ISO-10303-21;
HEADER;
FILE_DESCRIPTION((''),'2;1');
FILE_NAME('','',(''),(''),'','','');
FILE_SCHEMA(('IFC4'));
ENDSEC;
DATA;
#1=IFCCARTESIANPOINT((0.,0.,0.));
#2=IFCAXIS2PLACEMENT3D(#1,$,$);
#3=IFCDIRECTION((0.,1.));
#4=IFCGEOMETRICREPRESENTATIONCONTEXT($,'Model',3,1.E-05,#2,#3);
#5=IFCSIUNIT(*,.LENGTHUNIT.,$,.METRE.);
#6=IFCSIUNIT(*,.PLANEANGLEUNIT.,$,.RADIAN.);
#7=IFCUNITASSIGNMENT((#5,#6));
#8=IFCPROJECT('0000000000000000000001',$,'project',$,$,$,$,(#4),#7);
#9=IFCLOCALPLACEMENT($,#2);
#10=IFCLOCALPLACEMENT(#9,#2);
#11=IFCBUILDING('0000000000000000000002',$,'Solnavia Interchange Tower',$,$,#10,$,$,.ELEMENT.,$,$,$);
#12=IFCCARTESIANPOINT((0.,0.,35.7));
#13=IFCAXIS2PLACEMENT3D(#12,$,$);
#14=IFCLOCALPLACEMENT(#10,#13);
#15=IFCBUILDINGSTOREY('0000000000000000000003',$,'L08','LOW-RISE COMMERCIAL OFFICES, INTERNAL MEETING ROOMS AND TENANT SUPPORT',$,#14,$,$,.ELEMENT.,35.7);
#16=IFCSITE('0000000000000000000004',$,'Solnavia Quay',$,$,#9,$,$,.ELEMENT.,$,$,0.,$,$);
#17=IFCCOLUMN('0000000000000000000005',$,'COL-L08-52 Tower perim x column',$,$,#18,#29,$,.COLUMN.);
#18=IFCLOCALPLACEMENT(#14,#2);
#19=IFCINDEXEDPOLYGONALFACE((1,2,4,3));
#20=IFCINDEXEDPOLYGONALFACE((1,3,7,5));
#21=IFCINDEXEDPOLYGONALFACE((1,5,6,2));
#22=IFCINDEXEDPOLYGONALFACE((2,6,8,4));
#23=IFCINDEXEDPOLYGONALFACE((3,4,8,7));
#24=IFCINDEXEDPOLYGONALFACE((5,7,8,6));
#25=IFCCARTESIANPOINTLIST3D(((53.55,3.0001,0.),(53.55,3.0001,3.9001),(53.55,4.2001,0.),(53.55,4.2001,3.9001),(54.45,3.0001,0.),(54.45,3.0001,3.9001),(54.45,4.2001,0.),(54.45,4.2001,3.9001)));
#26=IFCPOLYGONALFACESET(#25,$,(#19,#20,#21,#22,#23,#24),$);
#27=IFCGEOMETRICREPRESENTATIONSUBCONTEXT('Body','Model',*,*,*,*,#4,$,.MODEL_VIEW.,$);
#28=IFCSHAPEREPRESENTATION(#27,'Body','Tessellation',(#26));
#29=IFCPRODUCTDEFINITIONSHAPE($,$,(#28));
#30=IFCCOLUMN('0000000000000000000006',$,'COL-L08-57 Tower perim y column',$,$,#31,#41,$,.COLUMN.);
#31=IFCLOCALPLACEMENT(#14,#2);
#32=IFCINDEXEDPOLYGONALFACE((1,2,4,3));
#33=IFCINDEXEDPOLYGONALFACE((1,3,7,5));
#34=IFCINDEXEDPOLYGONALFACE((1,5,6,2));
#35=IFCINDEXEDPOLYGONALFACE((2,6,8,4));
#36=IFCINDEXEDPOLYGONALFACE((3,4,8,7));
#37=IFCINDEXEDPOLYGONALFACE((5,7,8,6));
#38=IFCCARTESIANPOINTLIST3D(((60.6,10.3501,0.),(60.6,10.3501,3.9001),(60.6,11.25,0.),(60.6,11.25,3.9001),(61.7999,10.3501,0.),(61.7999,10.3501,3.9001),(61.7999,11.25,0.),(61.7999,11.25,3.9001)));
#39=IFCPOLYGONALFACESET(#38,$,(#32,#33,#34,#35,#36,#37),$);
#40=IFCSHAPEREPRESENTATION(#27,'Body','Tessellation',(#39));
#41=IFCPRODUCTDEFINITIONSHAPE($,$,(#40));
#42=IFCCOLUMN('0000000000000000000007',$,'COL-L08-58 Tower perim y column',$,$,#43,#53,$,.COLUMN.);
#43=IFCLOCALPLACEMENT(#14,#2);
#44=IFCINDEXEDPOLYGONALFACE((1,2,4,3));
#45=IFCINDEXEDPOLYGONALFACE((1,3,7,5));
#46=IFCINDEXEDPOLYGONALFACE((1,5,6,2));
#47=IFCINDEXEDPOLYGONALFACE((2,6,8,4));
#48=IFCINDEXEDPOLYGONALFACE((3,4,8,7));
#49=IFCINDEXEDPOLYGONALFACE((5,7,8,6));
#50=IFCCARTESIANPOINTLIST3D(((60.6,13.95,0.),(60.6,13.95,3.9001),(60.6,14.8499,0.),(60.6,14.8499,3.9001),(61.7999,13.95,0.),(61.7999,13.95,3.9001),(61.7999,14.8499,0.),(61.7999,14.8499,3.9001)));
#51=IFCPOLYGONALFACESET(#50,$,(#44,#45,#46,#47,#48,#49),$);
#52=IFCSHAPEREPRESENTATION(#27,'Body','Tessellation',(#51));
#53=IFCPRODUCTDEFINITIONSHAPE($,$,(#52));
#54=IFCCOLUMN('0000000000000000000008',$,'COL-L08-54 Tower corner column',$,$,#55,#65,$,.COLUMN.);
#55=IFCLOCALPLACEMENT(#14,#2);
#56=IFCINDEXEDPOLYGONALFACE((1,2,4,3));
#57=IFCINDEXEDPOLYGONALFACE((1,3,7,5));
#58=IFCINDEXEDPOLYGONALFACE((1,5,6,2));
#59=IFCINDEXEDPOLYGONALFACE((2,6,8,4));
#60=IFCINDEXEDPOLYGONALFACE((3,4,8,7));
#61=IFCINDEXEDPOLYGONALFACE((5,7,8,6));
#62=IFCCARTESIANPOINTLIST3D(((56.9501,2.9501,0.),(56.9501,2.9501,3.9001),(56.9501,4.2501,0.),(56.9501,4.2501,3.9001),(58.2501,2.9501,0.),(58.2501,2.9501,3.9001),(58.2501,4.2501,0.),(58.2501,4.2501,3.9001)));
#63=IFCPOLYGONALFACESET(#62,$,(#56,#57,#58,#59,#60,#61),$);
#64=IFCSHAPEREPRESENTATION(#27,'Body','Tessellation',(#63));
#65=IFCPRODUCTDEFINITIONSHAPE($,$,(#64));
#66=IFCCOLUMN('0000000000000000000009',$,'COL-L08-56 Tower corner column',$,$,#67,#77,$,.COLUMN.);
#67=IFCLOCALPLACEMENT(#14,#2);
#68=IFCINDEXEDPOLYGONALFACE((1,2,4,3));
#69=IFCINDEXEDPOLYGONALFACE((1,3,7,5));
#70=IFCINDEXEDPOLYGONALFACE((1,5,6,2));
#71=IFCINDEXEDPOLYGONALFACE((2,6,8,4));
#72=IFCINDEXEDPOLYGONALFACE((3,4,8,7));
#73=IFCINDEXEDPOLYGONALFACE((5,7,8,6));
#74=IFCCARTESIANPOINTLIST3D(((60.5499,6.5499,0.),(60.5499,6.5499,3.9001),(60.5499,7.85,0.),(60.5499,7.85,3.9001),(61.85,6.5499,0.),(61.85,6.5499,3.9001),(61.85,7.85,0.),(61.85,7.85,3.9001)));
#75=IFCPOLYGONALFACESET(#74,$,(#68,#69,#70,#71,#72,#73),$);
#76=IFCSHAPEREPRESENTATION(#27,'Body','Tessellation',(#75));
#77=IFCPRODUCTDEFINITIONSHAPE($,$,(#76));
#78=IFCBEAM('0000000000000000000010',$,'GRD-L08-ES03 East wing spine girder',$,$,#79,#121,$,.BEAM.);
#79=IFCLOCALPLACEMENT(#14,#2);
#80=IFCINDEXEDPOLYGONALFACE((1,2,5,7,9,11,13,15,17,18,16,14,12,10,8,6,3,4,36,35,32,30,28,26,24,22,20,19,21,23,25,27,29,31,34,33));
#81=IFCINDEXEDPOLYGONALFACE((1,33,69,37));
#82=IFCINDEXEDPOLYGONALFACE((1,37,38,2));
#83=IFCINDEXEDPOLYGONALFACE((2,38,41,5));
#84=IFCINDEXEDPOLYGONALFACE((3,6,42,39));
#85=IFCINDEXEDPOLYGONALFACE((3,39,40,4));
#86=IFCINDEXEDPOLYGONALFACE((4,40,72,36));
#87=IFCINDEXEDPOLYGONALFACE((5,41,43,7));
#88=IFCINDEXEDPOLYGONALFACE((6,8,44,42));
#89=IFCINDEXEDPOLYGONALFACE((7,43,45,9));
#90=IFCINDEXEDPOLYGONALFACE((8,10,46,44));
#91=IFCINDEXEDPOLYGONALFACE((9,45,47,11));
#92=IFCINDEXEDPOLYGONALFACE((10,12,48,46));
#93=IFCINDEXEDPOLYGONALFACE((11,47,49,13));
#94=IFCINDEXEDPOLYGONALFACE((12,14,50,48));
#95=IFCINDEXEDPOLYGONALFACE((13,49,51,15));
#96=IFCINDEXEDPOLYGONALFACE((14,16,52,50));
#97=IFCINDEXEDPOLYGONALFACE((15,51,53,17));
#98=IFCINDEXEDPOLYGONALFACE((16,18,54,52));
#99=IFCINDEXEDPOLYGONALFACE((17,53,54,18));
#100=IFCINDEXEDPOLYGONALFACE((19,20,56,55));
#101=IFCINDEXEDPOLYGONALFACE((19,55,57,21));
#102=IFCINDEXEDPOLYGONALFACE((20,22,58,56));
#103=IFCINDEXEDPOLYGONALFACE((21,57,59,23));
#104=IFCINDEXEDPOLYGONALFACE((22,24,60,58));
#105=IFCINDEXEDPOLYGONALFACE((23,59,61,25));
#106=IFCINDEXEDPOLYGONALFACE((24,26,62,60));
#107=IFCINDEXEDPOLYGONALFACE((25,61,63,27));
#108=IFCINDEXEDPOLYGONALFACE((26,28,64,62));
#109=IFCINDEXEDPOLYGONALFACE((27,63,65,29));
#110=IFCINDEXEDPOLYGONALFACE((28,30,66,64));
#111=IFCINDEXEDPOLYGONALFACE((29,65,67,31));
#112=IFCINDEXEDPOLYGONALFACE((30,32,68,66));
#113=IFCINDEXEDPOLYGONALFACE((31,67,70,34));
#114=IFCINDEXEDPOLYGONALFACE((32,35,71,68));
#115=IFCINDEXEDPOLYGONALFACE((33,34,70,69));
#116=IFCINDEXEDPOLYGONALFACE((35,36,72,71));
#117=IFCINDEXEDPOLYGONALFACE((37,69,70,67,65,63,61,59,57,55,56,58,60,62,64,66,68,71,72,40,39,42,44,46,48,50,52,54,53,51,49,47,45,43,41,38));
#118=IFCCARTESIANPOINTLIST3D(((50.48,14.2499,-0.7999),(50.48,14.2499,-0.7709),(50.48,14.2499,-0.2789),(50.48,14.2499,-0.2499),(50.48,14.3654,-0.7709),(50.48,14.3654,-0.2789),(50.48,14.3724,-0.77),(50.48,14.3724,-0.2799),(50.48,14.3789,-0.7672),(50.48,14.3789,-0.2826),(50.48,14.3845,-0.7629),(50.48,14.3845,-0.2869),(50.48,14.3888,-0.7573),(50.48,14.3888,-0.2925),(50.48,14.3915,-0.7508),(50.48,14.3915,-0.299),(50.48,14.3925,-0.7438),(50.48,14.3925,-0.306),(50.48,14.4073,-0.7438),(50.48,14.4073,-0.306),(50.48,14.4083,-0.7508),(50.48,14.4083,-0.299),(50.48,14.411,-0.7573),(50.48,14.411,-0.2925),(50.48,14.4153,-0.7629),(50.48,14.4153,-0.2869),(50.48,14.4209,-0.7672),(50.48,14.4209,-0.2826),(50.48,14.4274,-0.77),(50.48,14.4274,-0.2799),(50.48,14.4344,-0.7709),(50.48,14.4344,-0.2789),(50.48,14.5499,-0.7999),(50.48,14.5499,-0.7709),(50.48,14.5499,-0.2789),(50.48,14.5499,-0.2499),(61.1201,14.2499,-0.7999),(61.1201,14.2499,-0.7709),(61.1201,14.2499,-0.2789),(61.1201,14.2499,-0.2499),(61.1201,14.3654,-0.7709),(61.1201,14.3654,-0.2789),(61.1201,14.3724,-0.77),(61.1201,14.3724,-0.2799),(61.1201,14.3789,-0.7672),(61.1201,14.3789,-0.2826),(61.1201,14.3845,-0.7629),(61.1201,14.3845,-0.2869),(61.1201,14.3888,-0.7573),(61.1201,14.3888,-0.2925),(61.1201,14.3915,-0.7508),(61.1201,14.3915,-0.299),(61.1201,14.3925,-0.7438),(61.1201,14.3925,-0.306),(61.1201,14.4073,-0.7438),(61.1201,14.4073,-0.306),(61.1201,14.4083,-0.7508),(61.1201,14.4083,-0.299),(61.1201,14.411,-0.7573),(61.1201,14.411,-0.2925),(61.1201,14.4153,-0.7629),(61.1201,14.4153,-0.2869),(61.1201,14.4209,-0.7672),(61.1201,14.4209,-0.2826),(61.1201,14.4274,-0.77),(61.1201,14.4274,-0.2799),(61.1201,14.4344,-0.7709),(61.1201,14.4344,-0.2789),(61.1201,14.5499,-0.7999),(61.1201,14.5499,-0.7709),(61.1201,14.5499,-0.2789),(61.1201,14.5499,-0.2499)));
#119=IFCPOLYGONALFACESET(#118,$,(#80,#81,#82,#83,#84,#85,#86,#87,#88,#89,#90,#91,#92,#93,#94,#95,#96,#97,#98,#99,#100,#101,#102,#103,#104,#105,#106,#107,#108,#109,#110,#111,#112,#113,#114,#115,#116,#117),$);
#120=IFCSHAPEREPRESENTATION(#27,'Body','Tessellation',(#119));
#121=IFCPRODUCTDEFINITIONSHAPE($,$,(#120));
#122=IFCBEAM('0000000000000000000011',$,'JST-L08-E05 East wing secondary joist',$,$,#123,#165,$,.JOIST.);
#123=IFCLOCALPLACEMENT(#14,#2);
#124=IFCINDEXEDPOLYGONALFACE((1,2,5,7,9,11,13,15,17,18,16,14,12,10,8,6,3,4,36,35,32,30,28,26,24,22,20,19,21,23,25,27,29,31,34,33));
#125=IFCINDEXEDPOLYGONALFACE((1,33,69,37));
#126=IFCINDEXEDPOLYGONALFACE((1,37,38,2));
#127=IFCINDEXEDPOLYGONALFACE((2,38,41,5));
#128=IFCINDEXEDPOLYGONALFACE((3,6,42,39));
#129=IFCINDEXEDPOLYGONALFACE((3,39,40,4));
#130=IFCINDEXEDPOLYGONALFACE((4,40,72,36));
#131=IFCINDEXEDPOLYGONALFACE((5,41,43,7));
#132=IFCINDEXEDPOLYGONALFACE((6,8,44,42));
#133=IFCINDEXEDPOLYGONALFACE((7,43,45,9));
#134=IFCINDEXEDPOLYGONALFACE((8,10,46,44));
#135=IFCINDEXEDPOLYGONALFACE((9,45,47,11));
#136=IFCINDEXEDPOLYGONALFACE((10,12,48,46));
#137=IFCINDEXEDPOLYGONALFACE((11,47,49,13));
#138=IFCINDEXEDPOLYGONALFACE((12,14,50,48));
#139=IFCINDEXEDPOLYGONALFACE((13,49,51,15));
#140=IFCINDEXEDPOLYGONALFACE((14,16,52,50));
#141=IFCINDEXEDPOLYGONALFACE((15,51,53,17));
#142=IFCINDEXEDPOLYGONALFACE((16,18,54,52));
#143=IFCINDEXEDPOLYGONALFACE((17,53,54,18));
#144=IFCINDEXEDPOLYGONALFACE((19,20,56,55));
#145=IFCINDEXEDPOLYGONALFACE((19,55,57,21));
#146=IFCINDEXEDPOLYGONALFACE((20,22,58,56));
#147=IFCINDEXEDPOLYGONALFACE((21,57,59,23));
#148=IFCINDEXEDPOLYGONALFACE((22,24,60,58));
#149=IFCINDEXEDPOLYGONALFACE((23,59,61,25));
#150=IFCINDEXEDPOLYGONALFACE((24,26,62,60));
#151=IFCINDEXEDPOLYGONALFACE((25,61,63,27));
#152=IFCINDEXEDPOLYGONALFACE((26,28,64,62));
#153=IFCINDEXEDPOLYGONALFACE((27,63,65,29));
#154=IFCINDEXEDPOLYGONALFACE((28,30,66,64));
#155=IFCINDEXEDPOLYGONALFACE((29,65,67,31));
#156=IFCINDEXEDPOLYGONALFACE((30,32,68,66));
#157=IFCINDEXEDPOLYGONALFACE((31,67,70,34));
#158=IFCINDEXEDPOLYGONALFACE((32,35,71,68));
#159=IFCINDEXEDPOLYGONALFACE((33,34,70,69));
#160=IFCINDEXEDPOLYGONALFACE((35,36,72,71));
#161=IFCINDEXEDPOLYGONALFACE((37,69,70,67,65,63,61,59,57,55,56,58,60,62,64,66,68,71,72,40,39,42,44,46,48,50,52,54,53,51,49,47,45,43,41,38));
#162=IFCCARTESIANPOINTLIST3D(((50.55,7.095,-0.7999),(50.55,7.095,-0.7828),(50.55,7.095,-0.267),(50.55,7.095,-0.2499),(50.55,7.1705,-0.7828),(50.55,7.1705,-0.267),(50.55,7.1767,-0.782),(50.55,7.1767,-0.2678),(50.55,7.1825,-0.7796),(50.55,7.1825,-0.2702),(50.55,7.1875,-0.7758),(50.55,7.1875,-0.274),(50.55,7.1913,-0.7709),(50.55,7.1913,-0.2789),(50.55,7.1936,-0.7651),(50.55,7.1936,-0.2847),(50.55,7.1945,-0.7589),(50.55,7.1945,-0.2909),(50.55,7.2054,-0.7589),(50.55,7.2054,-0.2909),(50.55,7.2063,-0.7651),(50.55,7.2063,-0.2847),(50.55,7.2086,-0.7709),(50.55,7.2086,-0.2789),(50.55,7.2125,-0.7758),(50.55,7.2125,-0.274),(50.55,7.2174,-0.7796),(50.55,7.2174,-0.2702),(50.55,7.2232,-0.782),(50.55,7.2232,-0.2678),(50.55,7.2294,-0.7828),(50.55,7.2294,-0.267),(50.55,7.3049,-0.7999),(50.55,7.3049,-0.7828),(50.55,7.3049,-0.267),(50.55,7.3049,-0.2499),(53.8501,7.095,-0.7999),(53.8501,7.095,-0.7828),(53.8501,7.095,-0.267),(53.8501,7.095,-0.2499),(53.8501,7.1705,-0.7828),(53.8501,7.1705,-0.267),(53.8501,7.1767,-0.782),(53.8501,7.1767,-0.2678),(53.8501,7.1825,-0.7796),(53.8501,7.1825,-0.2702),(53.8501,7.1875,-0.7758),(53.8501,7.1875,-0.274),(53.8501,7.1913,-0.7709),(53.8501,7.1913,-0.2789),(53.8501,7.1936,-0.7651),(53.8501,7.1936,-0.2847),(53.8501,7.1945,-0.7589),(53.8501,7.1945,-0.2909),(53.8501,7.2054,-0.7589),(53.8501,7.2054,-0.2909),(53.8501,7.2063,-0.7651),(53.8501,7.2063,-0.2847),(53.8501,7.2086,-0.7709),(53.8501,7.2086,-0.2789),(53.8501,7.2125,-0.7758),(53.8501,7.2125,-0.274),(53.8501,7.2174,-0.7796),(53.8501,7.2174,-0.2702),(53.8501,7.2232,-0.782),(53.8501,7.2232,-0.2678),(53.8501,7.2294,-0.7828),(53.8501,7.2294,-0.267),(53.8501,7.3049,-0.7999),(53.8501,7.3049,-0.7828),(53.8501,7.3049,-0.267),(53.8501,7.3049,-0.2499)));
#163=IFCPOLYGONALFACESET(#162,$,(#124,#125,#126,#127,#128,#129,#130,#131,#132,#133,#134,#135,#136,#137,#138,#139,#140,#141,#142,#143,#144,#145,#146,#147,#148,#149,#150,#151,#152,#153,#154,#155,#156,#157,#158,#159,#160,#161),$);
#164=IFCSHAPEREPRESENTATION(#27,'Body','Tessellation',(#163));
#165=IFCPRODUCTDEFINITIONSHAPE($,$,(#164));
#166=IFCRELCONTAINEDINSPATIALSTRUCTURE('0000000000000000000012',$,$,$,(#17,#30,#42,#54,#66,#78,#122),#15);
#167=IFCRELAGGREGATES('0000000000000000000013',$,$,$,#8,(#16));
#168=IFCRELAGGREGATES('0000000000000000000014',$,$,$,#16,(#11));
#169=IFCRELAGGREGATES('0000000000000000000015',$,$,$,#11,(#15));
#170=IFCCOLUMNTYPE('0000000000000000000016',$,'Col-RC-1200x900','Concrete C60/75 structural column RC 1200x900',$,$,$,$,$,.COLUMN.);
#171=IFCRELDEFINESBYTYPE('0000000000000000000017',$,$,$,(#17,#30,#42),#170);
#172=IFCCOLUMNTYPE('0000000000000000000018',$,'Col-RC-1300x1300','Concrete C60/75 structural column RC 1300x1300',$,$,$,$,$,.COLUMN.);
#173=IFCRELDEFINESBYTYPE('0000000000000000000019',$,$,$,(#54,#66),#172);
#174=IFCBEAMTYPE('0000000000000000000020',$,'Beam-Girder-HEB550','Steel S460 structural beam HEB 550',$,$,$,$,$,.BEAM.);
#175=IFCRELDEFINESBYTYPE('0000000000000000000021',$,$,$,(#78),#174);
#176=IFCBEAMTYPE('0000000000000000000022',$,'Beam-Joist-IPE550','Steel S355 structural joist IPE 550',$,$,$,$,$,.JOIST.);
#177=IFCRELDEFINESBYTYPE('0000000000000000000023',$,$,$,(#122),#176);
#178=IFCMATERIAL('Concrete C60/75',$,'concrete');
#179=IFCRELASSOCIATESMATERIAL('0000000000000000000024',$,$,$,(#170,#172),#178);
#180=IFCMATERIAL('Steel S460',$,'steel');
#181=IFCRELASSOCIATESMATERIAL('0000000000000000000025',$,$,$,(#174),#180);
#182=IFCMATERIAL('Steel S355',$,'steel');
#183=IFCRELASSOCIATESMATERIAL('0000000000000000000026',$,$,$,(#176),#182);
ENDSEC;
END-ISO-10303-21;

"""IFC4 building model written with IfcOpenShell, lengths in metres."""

from ifc_helpers import new_model, si_unit, direction, frame, origin, origin_2d, place, context, subcontext, project, spatial, rectangle, i_section, extrude, material, material_profile, profile_set, type_object, element, save


model = new_model("IFC4")

# Units and contexts
model_context = context("Model", 3, precision=1e-05, world=origin(), true_north=direction((0.0, 1.0)))
body_context = subcontext(model_context, "Body", "Model", "MODEL_VIEW")
ifc_project = project(units=[si_unit("LENGTHUNIT", "METRE"), si_unit("PLANEANGLEUNIT", "RADIAN")], contexts=[model_context])

# Site, building, storey
site_placement = place(None, origin())
site = spatial("IfcSite", under=ifc_project, at=site_placement, Name="Solnavia Quay", CompositionType="ELEMENT", RefElevation=0.0)
building_placement = place(site_placement, origin())
building = spatial("IfcBuilding", under=site, at=building_placement, Name="Solnavia Interchange Tower", CompositionType="ELEMENT")
storey_placement = place(building_placement, frame((0.0, 0.0, 35.7)))
storey = spatial("IfcBuildingStorey", under=building, at=storey_placement, Name="L08", Description="LOW-RISE COMMERCIAL OFFICES, INTERNAL MEETING ROOMS AND TENANT SUPPORT", CompositionType="ELEMENT", Elevation=35.7)

# Columns
ifc_material_1 = material(Name="Concrete C60/75", Category="concrete")
ifc_material_profile_1 = material_profile(ifc_material_1, rectangle(XDim=0.8999, YDim=1.2, at=origin_2d()), Name="RC 1200x900")
ifc_profile_set_1 = profile_set([ifc_material_profile_1], Name="Concrete C60/75")
column_type_1 = type_object("IfcColumnType", Name="Col-RC-1200x900", Description="Concrete C60/75 structural column RC 1200x900", PredefinedType="COLUMN", material=ifc_profile_set_1)
for number, where, z_axis, x_axis, name in (
    (1, (54.0, 3.6001, 0.0), (0.0, 0.0, 1.0), (1.0, 0.0, 0.0), "COL-L08-52 Tower perim x column"),
    (2, (61.2, 10.8, 0.0), (0.0, 0.0, 1.0), (0.0, 1.0, 0.0), "COL-L08-57 Tower perim y column"),
    (3, (61.2, 14.3999, 0.0), (0.0, 0.0, 1.0), (0.0, 1.0, 0.0), "COL-L08-58 Tower perim y column"),
):
    element("IfcColumn", number, at=place(storey_placement, frame(where, z_axis=z_axis, x_axis=x_axis)), inside=storey, type_object=column_type_1, Name=name, PredefinedType="COLUMN", context=body_context, shape_type="SweptSolid", body=[
        extrude(rectangle(XDim=0.8999, YDim=1.2, at=origin_2d()), origin(), (0.0, 0.0, 1.0), 3.9001),
    ])
ifc_material_profile_2 = material_profile(ifc_material_1, rectangle(XDim=1.3, YDim=1.3, at=origin_2d()), Name="RC 1300x1300")
ifc_profile_set_2 = profile_set([ifc_material_profile_2], Name="Concrete C60/75")
column_type_2 = type_object("IfcColumnType", Name="Col-RC-1300x1300", Description="Concrete C60/75 structural column RC 1300x1300", PredefinedType="COLUMN", material=ifc_profile_set_2)
for number, where, z_axis, x_axis, name in (
    (4, (57.6001, 3.6001, 0.0), (0.0, 0.0, 1.0), (1.0, 0.0, 0.0), "COL-L08-54 Tower corner column"),
    (5, (61.2, 7.2, 0.0), (0.0, 0.0, 1.0), (1.0, 0.0, 0.0), "COL-L08-56 Tower corner column"),
):
    element("IfcColumn", number, at=place(storey_placement, frame(where, z_axis=z_axis, x_axis=x_axis)), inside=storey, type_object=column_type_2, Name=name, PredefinedType="COLUMN", context=body_context, shape_type="SweptSolid", body=[
        extrude(rectangle(XDim=1.3, YDim=1.3, at=origin_2d()), origin(), (0.0, 0.0, 1.0), 3.9001),
    ])

# Beams
ifc_material_2 = material(Name="Steel S460", Category="steel")
ifc_material_profile_3 = material_profile(ifc_material_2, i_section(OverallWidth=0.3, OverallDepth=0.55, WebThickness=0.0149, FlangeThickness=0.0291, FilletRadius=0.0271, at=origin_2d()), Name="HEB 550")
ifc_profile_set_3 = profile_set([ifc_material_profile_3], Name="Steel S460")
beam_type_1 = type_object("IfcBeamType", Name="Beam-Girder-HEB550", Description="Steel S460 structural beam HEB 550", PredefinedType="BEAM", material=ifc_profile_set_3)
beam_1_placement = place(storey_placement, frame((50.48, 14.3999, -0.5249), z_axis=(1.0, 0.0, 0.0), x_axis=(0.0, 1.0, 0.0)))
element("IfcBeam", 6, at=beam_1_placement, inside=storey, type_object=beam_type_1, Name="GRD-L08-ES03 East wing spine girder", PredefinedType="BEAM", context=body_context, shape_type="SweptSolid", body=[
    extrude(i_section(OverallWidth=0.3, OverallDepth=0.55, WebThickness=0.0149, FlangeThickness=0.0291, FilletRadius=0.0271, at=origin_2d()), origin(), (0.0, 0.0, 1.0), 10.6401),
])
ifc_material_3 = material(Name="Steel S355", Category="steel")
ifc_material_profile_4 = material_profile(ifc_material_3, i_section(OverallWidth=0.21, OverallDepth=0.55, WebThickness=0.011, FlangeThickness=0.0171, FilletRadius=0.0239, at=origin_2d()), Name="IPE 550")
ifc_profile_set_4 = profile_set([ifc_material_profile_4], Name="Steel S355")
beam_type_2 = type_object("IfcBeamType", Name="Beam-Joist-IPE550", Description="Steel S355 structural joist IPE 550", PredefinedType="JOIST", material=ifc_profile_set_4)
beam_2_placement = place(storey_placement, frame((50.55, 7.2, -0.5249), z_axis=(1.0, 0.0, 0.0), x_axis=(0.0, 1.0, 0.0)))
element("IfcBeam", 7, at=beam_2_placement, inside=storey, type_object=beam_type_2, Name="JST-L08-E05 East wing secondary joist", PredefinedType="JOIST", context=body_context, shape_type="SweptSolid", body=[
    extrude(i_section(OverallWidth=0.21, OverallDepth=0.55, WebThickness=0.011, FlangeThickness=0.0171, FilletRadius=0.0239, at=origin_2d()), origin(), (0.0, 0.0, 1.0), 3.3),
])

save(model, "model.ifc")
